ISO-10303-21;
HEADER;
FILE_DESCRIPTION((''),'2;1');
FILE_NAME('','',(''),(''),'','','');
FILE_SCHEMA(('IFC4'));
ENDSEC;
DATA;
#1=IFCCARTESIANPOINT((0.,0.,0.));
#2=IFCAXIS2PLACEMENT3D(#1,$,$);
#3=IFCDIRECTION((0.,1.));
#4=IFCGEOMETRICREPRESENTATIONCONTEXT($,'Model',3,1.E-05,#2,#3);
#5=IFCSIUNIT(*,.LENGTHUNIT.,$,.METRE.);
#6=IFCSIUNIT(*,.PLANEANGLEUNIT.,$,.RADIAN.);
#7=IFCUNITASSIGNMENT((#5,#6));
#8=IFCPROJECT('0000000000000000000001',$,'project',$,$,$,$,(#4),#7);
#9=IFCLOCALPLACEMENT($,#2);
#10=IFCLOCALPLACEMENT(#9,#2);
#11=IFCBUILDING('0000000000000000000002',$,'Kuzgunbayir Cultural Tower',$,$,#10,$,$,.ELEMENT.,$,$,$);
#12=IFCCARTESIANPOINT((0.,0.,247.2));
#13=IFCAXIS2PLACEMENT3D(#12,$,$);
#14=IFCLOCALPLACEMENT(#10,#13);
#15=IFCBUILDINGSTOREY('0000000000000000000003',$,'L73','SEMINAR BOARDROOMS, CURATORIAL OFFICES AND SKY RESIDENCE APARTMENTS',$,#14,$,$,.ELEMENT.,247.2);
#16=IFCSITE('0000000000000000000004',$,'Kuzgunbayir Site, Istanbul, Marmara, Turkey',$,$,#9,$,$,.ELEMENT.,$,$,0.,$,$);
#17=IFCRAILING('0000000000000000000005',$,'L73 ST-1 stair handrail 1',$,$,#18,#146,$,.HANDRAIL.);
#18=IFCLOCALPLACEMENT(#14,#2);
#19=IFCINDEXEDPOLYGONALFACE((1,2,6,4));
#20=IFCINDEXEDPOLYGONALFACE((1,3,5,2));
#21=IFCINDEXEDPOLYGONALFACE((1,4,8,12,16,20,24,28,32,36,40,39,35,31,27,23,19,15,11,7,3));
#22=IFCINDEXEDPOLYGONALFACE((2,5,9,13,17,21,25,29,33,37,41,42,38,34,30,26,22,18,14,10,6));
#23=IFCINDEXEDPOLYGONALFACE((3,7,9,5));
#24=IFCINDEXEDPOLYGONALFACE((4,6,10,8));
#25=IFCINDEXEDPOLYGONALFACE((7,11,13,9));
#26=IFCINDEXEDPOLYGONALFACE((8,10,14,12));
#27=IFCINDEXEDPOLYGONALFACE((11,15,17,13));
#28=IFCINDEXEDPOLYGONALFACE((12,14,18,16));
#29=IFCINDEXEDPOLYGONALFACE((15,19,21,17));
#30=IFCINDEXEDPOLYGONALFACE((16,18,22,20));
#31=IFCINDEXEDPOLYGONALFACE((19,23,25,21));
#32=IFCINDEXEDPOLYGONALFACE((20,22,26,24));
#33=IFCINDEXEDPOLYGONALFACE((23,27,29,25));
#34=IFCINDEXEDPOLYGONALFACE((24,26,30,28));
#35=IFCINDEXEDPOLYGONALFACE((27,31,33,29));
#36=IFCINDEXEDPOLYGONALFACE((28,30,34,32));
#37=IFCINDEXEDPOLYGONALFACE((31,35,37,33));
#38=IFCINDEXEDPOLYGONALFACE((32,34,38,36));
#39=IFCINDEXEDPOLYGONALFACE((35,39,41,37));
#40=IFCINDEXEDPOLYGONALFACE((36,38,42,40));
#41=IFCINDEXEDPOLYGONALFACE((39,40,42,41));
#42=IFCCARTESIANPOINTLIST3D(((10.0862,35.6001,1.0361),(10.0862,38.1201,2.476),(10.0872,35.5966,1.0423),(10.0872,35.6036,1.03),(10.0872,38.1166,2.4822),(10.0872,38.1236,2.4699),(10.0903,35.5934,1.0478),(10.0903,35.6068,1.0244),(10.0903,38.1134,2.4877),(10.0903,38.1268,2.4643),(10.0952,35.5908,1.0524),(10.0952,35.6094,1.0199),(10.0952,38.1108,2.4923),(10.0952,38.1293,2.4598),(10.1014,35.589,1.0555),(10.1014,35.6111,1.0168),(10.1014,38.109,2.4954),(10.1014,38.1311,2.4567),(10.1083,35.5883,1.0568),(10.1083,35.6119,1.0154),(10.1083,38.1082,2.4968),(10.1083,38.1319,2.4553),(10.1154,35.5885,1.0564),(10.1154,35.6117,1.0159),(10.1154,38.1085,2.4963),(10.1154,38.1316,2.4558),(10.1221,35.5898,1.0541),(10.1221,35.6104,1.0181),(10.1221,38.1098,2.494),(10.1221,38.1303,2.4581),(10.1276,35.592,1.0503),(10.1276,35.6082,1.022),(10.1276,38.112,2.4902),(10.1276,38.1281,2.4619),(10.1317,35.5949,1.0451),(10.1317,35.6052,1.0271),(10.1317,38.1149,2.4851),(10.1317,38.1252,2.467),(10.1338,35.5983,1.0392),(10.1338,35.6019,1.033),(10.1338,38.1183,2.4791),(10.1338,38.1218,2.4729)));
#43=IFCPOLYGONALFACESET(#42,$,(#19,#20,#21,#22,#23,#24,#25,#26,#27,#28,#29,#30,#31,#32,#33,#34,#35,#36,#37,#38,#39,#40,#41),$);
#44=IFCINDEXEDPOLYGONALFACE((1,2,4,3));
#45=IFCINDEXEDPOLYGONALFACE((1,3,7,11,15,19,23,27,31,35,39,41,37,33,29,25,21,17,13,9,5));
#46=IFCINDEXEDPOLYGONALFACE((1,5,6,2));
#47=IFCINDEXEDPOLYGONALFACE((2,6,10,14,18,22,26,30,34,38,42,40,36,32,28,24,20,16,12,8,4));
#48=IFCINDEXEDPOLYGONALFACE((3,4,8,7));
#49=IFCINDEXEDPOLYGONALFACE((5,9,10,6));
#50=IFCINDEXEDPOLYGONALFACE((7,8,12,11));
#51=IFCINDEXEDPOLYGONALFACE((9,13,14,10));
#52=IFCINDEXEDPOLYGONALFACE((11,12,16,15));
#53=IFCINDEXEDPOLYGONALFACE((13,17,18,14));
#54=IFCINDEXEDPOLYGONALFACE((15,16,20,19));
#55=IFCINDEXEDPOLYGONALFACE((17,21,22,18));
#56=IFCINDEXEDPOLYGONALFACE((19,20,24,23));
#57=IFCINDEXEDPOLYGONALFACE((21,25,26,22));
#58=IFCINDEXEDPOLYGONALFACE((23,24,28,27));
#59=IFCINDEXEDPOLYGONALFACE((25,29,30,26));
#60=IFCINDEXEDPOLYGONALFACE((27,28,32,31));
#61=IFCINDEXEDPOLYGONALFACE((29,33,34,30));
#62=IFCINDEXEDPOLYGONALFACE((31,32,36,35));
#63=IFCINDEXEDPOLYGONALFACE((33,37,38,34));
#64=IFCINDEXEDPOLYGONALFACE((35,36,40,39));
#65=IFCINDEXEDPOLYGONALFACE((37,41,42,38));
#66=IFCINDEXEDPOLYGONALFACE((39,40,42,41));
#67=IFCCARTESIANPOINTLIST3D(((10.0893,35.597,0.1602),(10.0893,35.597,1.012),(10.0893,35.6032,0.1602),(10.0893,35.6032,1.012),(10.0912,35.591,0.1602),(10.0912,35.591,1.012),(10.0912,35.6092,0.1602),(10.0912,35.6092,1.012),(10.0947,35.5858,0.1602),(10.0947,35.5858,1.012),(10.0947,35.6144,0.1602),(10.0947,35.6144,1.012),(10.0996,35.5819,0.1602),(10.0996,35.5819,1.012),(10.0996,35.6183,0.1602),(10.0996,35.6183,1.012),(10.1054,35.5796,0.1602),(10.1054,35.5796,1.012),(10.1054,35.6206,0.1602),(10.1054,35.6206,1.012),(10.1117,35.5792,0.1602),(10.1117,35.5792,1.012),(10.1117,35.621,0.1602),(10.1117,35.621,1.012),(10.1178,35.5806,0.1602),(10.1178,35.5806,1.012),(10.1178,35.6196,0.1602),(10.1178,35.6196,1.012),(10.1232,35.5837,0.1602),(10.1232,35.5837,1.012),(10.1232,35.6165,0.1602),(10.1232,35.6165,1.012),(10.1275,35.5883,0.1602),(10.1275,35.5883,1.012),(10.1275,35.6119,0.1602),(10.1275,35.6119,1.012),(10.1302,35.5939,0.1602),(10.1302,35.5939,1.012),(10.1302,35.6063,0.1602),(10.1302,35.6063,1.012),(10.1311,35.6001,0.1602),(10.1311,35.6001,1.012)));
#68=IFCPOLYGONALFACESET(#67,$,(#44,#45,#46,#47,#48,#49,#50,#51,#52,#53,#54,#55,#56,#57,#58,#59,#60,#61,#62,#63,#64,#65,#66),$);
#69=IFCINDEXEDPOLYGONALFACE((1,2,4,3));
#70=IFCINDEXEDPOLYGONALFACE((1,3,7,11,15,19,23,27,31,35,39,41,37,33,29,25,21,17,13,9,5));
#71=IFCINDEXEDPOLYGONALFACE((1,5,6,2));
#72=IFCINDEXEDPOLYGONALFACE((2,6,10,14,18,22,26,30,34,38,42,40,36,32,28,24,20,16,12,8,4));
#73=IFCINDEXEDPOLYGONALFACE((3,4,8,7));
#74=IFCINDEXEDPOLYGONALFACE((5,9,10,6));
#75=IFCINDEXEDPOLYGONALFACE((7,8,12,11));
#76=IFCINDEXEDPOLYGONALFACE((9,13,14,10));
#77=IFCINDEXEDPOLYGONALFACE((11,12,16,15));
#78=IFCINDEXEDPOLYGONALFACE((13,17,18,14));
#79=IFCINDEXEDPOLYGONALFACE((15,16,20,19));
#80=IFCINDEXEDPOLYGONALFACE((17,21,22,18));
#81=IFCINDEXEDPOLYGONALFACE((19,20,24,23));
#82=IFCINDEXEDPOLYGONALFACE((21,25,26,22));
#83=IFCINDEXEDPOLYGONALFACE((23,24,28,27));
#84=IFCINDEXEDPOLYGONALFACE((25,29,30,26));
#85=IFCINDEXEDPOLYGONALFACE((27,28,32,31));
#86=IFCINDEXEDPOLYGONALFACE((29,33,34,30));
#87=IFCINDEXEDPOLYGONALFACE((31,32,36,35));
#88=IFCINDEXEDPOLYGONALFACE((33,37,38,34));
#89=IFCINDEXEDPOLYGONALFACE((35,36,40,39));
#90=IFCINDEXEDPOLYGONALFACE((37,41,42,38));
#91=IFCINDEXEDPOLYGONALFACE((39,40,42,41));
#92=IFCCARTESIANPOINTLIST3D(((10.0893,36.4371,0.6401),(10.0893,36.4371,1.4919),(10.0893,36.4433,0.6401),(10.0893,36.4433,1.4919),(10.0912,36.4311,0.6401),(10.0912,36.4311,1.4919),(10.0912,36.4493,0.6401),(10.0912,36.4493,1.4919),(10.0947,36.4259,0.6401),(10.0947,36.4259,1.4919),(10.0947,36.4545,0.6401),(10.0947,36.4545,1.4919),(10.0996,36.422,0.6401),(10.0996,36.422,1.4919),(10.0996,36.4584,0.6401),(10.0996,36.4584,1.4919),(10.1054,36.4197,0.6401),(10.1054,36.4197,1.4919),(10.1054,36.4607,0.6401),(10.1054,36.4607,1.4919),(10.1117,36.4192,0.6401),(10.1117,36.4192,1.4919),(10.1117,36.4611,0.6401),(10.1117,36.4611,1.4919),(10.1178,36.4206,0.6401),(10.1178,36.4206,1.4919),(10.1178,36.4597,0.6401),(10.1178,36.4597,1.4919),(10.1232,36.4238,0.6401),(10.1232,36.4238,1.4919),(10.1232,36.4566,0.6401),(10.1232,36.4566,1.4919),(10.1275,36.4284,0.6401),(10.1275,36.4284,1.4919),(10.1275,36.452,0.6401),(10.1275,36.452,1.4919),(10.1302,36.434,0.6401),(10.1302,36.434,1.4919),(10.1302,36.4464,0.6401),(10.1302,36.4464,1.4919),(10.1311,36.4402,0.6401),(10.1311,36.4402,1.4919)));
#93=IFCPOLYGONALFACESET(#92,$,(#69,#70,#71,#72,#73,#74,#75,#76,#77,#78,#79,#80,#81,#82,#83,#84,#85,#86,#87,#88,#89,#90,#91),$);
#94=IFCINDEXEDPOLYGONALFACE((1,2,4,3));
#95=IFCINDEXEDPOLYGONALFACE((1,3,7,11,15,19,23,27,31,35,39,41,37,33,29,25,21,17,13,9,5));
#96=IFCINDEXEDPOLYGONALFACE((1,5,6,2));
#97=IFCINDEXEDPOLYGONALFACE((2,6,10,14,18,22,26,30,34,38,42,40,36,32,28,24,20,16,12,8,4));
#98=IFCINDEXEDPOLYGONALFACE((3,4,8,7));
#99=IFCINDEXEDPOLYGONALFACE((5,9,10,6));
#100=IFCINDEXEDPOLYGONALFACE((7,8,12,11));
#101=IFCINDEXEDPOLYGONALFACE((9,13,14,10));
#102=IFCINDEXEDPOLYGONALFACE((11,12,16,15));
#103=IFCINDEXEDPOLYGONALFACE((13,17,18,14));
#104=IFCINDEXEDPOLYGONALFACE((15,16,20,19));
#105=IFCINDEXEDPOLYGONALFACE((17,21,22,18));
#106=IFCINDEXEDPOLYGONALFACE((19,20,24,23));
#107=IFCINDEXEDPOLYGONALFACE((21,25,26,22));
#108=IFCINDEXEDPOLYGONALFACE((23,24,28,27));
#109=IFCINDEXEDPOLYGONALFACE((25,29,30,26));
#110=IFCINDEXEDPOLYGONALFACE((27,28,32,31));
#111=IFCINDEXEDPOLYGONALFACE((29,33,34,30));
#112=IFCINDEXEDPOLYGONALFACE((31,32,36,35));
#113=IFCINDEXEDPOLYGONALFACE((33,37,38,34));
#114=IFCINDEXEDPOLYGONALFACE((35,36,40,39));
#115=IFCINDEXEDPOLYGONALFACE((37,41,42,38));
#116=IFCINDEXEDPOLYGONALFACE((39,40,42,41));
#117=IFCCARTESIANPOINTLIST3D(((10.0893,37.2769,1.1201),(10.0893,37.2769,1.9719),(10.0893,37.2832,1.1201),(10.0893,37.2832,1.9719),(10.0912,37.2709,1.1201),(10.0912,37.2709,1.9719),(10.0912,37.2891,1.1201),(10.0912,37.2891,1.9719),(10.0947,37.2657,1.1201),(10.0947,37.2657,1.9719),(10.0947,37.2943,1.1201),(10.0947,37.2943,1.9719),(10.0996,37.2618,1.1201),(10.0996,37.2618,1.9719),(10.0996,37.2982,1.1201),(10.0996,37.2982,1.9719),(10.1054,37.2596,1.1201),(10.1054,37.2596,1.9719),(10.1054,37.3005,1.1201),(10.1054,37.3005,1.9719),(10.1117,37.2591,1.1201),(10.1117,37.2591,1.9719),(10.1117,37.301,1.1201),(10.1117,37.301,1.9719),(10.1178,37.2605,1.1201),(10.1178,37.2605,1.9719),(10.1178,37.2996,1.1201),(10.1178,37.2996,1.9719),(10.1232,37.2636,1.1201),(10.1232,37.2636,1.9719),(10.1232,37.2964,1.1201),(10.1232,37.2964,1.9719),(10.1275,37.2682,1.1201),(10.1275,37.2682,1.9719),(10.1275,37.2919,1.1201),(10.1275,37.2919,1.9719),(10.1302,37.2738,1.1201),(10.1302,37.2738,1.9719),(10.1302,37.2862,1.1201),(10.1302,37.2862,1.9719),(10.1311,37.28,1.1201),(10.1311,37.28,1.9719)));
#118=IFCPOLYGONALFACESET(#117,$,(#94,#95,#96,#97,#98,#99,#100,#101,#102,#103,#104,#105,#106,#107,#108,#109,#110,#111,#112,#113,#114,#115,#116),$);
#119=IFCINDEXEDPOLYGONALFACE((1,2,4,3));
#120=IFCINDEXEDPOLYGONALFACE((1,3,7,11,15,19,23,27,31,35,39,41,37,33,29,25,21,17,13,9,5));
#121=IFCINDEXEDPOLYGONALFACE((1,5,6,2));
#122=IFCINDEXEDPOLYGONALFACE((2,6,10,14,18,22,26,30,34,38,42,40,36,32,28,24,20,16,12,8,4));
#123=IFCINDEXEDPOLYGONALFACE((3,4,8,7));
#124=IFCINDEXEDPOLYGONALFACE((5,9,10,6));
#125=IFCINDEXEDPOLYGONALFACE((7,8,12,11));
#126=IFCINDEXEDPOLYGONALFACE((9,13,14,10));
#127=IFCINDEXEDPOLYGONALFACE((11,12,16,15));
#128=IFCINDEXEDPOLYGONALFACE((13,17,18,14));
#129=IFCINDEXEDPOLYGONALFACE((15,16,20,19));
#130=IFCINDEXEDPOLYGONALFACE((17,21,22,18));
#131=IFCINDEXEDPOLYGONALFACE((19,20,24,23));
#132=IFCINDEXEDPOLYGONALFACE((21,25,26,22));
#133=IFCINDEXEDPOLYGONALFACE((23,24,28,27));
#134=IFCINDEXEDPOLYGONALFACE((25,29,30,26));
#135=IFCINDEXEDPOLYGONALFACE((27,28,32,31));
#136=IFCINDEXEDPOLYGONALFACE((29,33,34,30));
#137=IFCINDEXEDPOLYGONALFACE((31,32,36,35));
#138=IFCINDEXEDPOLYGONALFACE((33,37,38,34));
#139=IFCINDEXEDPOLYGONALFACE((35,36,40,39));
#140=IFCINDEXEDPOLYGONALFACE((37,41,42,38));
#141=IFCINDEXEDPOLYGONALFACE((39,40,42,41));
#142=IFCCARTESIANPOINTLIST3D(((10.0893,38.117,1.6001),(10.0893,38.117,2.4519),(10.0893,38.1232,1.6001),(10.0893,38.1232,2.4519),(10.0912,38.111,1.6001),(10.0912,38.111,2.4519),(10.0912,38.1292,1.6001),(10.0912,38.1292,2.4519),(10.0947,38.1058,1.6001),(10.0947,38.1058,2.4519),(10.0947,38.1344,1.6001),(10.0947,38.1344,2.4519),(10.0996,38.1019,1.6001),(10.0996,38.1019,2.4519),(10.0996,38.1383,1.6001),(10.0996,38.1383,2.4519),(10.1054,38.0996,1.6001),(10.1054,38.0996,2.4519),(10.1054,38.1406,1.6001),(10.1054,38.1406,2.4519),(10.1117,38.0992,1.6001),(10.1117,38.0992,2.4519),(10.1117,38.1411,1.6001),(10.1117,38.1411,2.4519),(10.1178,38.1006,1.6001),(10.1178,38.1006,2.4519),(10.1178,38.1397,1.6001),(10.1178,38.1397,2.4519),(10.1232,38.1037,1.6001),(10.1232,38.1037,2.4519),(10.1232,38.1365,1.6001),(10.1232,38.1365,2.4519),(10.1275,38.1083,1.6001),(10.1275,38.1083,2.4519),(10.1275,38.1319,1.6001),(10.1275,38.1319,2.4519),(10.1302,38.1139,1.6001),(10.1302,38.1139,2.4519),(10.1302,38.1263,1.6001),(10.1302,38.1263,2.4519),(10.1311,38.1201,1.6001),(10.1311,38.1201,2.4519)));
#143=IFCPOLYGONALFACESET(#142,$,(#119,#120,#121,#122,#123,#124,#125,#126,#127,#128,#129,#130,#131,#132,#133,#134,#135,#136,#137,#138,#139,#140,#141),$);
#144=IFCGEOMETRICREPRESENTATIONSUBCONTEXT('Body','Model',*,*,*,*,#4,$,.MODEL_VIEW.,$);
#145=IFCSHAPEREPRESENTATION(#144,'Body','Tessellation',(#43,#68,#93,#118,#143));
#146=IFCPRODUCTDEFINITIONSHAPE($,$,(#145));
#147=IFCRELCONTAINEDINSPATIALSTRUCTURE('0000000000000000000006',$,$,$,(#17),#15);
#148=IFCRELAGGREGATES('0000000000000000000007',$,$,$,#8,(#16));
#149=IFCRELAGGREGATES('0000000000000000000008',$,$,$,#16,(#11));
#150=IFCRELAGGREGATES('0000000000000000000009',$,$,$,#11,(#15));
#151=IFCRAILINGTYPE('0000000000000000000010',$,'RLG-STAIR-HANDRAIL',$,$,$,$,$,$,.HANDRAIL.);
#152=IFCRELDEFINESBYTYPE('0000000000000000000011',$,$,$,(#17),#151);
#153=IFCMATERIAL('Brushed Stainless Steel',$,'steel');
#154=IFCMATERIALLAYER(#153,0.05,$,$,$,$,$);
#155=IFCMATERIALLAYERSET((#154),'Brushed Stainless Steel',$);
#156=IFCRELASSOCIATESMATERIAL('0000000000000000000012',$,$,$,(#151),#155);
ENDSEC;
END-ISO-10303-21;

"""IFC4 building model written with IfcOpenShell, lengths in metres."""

from ifc_helpers import new_model, si_unit, direction, frame, origin, origin_2d, place, context, subcontext, project, spatial, circle, extrude, material, layer, layer_set, type_object, element, save


model = new_model("IFC4")

# Units and contexts
model_context = context("Model", 3, precision=1e-05, world=origin(), true_north=direction((0.0, 1.0)))
body_context = subcontext(model_context, "Body", "Model", "MODEL_VIEW")
ifc_project = project(units=[si_unit("LENGTHUNIT", "METRE"), si_unit("PLANEANGLEUNIT", "RADIAN")], contexts=[model_context])

# Site, building, storey
site_placement = place(None, origin())
site = spatial("IfcSite", under=ifc_project, at=site_placement, Name="Kuzgunbayir Site, Istanbul, Marmara, Turkey", CompositionType="ELEMENT", RefElevation=0.0)
building_placement = place(site_placement, origin())
building = spatial("IfcBuilding", under=site, at=building_placement, Name="Kuzgunbayir Cultural Tower", CompositionType="ELEMENT")
storey_placement = place(building_placement, frame((0.0, 0.0, 247.2)))
storey = spatial("IfcBuildingStorey", under=building, at=storey_placement, Name="L73", Description="SEMINAR BOARDROOMS, CURATORIAL OFFICES AND SKY RESIDENCE APARTMENTS", CompositionType="ELEMENT", Elevation=247.2)

# Shared definitions
ifc_material_1 = material(Name="Brushed Stainless Steel", Category="steel")

# Railing
ifc_layer_1 = layer(ifc_material_1, 0.05)
ifc_layer_set_1 = layer_set([ifc_layer_1], Name="Brushed Stainless Steel")
railing_type_1 = type_object("IfcRailingType", Name="RLG-STAIR-HANDRAIL", PredefinedType="HANDRAIL", material=ifc_layer_set_1)
railing_1_placement = place(storey_placement, frame((10.1101, 35.6001, 0.1602)))
element("IfcRailing", 1, at=railing_1_placement, inside=storey, type_object=railing_type_1, Name="L73 ST-1 stair handrail 1", PredefinedType="HANDRAIL", context=body_context, shape_type="SweptSolid", body=[
    extrude(circle(Radius=0.0239, at=origin_2d()), frame((0.0, 0.0, 0.876), z_axis=(0.0, 0.868253, 0.496121), x_axis=(-1.0, 0.0, 0.0)), (0.0, 0.0, 1.0), 2.9023),
    extrude(circle(Radius=0.021, at=origin_2d()), origin(), (0.0, 0.0, 1.0), 0.8518),
    extrude(circle(Radius=0.021, at=origin_2d()), frame((0.0, 0.8401, 0.48)), (0.0, 0.0, 1.0), 0.8518),
    extrude(circle(Radius=0.021, at=origin_2d()), frame((0.0, 1.6799, 0.96)), (0.0, 0.0, 1.0), 0.8518),
    extrude(circle(Radius=0.021, at=origin_2d()), frame((0.0, 2.52, 1.4399)), (0.0, 0.0, 1.0), 0.8518),
])

save(model, "model.ifc")
